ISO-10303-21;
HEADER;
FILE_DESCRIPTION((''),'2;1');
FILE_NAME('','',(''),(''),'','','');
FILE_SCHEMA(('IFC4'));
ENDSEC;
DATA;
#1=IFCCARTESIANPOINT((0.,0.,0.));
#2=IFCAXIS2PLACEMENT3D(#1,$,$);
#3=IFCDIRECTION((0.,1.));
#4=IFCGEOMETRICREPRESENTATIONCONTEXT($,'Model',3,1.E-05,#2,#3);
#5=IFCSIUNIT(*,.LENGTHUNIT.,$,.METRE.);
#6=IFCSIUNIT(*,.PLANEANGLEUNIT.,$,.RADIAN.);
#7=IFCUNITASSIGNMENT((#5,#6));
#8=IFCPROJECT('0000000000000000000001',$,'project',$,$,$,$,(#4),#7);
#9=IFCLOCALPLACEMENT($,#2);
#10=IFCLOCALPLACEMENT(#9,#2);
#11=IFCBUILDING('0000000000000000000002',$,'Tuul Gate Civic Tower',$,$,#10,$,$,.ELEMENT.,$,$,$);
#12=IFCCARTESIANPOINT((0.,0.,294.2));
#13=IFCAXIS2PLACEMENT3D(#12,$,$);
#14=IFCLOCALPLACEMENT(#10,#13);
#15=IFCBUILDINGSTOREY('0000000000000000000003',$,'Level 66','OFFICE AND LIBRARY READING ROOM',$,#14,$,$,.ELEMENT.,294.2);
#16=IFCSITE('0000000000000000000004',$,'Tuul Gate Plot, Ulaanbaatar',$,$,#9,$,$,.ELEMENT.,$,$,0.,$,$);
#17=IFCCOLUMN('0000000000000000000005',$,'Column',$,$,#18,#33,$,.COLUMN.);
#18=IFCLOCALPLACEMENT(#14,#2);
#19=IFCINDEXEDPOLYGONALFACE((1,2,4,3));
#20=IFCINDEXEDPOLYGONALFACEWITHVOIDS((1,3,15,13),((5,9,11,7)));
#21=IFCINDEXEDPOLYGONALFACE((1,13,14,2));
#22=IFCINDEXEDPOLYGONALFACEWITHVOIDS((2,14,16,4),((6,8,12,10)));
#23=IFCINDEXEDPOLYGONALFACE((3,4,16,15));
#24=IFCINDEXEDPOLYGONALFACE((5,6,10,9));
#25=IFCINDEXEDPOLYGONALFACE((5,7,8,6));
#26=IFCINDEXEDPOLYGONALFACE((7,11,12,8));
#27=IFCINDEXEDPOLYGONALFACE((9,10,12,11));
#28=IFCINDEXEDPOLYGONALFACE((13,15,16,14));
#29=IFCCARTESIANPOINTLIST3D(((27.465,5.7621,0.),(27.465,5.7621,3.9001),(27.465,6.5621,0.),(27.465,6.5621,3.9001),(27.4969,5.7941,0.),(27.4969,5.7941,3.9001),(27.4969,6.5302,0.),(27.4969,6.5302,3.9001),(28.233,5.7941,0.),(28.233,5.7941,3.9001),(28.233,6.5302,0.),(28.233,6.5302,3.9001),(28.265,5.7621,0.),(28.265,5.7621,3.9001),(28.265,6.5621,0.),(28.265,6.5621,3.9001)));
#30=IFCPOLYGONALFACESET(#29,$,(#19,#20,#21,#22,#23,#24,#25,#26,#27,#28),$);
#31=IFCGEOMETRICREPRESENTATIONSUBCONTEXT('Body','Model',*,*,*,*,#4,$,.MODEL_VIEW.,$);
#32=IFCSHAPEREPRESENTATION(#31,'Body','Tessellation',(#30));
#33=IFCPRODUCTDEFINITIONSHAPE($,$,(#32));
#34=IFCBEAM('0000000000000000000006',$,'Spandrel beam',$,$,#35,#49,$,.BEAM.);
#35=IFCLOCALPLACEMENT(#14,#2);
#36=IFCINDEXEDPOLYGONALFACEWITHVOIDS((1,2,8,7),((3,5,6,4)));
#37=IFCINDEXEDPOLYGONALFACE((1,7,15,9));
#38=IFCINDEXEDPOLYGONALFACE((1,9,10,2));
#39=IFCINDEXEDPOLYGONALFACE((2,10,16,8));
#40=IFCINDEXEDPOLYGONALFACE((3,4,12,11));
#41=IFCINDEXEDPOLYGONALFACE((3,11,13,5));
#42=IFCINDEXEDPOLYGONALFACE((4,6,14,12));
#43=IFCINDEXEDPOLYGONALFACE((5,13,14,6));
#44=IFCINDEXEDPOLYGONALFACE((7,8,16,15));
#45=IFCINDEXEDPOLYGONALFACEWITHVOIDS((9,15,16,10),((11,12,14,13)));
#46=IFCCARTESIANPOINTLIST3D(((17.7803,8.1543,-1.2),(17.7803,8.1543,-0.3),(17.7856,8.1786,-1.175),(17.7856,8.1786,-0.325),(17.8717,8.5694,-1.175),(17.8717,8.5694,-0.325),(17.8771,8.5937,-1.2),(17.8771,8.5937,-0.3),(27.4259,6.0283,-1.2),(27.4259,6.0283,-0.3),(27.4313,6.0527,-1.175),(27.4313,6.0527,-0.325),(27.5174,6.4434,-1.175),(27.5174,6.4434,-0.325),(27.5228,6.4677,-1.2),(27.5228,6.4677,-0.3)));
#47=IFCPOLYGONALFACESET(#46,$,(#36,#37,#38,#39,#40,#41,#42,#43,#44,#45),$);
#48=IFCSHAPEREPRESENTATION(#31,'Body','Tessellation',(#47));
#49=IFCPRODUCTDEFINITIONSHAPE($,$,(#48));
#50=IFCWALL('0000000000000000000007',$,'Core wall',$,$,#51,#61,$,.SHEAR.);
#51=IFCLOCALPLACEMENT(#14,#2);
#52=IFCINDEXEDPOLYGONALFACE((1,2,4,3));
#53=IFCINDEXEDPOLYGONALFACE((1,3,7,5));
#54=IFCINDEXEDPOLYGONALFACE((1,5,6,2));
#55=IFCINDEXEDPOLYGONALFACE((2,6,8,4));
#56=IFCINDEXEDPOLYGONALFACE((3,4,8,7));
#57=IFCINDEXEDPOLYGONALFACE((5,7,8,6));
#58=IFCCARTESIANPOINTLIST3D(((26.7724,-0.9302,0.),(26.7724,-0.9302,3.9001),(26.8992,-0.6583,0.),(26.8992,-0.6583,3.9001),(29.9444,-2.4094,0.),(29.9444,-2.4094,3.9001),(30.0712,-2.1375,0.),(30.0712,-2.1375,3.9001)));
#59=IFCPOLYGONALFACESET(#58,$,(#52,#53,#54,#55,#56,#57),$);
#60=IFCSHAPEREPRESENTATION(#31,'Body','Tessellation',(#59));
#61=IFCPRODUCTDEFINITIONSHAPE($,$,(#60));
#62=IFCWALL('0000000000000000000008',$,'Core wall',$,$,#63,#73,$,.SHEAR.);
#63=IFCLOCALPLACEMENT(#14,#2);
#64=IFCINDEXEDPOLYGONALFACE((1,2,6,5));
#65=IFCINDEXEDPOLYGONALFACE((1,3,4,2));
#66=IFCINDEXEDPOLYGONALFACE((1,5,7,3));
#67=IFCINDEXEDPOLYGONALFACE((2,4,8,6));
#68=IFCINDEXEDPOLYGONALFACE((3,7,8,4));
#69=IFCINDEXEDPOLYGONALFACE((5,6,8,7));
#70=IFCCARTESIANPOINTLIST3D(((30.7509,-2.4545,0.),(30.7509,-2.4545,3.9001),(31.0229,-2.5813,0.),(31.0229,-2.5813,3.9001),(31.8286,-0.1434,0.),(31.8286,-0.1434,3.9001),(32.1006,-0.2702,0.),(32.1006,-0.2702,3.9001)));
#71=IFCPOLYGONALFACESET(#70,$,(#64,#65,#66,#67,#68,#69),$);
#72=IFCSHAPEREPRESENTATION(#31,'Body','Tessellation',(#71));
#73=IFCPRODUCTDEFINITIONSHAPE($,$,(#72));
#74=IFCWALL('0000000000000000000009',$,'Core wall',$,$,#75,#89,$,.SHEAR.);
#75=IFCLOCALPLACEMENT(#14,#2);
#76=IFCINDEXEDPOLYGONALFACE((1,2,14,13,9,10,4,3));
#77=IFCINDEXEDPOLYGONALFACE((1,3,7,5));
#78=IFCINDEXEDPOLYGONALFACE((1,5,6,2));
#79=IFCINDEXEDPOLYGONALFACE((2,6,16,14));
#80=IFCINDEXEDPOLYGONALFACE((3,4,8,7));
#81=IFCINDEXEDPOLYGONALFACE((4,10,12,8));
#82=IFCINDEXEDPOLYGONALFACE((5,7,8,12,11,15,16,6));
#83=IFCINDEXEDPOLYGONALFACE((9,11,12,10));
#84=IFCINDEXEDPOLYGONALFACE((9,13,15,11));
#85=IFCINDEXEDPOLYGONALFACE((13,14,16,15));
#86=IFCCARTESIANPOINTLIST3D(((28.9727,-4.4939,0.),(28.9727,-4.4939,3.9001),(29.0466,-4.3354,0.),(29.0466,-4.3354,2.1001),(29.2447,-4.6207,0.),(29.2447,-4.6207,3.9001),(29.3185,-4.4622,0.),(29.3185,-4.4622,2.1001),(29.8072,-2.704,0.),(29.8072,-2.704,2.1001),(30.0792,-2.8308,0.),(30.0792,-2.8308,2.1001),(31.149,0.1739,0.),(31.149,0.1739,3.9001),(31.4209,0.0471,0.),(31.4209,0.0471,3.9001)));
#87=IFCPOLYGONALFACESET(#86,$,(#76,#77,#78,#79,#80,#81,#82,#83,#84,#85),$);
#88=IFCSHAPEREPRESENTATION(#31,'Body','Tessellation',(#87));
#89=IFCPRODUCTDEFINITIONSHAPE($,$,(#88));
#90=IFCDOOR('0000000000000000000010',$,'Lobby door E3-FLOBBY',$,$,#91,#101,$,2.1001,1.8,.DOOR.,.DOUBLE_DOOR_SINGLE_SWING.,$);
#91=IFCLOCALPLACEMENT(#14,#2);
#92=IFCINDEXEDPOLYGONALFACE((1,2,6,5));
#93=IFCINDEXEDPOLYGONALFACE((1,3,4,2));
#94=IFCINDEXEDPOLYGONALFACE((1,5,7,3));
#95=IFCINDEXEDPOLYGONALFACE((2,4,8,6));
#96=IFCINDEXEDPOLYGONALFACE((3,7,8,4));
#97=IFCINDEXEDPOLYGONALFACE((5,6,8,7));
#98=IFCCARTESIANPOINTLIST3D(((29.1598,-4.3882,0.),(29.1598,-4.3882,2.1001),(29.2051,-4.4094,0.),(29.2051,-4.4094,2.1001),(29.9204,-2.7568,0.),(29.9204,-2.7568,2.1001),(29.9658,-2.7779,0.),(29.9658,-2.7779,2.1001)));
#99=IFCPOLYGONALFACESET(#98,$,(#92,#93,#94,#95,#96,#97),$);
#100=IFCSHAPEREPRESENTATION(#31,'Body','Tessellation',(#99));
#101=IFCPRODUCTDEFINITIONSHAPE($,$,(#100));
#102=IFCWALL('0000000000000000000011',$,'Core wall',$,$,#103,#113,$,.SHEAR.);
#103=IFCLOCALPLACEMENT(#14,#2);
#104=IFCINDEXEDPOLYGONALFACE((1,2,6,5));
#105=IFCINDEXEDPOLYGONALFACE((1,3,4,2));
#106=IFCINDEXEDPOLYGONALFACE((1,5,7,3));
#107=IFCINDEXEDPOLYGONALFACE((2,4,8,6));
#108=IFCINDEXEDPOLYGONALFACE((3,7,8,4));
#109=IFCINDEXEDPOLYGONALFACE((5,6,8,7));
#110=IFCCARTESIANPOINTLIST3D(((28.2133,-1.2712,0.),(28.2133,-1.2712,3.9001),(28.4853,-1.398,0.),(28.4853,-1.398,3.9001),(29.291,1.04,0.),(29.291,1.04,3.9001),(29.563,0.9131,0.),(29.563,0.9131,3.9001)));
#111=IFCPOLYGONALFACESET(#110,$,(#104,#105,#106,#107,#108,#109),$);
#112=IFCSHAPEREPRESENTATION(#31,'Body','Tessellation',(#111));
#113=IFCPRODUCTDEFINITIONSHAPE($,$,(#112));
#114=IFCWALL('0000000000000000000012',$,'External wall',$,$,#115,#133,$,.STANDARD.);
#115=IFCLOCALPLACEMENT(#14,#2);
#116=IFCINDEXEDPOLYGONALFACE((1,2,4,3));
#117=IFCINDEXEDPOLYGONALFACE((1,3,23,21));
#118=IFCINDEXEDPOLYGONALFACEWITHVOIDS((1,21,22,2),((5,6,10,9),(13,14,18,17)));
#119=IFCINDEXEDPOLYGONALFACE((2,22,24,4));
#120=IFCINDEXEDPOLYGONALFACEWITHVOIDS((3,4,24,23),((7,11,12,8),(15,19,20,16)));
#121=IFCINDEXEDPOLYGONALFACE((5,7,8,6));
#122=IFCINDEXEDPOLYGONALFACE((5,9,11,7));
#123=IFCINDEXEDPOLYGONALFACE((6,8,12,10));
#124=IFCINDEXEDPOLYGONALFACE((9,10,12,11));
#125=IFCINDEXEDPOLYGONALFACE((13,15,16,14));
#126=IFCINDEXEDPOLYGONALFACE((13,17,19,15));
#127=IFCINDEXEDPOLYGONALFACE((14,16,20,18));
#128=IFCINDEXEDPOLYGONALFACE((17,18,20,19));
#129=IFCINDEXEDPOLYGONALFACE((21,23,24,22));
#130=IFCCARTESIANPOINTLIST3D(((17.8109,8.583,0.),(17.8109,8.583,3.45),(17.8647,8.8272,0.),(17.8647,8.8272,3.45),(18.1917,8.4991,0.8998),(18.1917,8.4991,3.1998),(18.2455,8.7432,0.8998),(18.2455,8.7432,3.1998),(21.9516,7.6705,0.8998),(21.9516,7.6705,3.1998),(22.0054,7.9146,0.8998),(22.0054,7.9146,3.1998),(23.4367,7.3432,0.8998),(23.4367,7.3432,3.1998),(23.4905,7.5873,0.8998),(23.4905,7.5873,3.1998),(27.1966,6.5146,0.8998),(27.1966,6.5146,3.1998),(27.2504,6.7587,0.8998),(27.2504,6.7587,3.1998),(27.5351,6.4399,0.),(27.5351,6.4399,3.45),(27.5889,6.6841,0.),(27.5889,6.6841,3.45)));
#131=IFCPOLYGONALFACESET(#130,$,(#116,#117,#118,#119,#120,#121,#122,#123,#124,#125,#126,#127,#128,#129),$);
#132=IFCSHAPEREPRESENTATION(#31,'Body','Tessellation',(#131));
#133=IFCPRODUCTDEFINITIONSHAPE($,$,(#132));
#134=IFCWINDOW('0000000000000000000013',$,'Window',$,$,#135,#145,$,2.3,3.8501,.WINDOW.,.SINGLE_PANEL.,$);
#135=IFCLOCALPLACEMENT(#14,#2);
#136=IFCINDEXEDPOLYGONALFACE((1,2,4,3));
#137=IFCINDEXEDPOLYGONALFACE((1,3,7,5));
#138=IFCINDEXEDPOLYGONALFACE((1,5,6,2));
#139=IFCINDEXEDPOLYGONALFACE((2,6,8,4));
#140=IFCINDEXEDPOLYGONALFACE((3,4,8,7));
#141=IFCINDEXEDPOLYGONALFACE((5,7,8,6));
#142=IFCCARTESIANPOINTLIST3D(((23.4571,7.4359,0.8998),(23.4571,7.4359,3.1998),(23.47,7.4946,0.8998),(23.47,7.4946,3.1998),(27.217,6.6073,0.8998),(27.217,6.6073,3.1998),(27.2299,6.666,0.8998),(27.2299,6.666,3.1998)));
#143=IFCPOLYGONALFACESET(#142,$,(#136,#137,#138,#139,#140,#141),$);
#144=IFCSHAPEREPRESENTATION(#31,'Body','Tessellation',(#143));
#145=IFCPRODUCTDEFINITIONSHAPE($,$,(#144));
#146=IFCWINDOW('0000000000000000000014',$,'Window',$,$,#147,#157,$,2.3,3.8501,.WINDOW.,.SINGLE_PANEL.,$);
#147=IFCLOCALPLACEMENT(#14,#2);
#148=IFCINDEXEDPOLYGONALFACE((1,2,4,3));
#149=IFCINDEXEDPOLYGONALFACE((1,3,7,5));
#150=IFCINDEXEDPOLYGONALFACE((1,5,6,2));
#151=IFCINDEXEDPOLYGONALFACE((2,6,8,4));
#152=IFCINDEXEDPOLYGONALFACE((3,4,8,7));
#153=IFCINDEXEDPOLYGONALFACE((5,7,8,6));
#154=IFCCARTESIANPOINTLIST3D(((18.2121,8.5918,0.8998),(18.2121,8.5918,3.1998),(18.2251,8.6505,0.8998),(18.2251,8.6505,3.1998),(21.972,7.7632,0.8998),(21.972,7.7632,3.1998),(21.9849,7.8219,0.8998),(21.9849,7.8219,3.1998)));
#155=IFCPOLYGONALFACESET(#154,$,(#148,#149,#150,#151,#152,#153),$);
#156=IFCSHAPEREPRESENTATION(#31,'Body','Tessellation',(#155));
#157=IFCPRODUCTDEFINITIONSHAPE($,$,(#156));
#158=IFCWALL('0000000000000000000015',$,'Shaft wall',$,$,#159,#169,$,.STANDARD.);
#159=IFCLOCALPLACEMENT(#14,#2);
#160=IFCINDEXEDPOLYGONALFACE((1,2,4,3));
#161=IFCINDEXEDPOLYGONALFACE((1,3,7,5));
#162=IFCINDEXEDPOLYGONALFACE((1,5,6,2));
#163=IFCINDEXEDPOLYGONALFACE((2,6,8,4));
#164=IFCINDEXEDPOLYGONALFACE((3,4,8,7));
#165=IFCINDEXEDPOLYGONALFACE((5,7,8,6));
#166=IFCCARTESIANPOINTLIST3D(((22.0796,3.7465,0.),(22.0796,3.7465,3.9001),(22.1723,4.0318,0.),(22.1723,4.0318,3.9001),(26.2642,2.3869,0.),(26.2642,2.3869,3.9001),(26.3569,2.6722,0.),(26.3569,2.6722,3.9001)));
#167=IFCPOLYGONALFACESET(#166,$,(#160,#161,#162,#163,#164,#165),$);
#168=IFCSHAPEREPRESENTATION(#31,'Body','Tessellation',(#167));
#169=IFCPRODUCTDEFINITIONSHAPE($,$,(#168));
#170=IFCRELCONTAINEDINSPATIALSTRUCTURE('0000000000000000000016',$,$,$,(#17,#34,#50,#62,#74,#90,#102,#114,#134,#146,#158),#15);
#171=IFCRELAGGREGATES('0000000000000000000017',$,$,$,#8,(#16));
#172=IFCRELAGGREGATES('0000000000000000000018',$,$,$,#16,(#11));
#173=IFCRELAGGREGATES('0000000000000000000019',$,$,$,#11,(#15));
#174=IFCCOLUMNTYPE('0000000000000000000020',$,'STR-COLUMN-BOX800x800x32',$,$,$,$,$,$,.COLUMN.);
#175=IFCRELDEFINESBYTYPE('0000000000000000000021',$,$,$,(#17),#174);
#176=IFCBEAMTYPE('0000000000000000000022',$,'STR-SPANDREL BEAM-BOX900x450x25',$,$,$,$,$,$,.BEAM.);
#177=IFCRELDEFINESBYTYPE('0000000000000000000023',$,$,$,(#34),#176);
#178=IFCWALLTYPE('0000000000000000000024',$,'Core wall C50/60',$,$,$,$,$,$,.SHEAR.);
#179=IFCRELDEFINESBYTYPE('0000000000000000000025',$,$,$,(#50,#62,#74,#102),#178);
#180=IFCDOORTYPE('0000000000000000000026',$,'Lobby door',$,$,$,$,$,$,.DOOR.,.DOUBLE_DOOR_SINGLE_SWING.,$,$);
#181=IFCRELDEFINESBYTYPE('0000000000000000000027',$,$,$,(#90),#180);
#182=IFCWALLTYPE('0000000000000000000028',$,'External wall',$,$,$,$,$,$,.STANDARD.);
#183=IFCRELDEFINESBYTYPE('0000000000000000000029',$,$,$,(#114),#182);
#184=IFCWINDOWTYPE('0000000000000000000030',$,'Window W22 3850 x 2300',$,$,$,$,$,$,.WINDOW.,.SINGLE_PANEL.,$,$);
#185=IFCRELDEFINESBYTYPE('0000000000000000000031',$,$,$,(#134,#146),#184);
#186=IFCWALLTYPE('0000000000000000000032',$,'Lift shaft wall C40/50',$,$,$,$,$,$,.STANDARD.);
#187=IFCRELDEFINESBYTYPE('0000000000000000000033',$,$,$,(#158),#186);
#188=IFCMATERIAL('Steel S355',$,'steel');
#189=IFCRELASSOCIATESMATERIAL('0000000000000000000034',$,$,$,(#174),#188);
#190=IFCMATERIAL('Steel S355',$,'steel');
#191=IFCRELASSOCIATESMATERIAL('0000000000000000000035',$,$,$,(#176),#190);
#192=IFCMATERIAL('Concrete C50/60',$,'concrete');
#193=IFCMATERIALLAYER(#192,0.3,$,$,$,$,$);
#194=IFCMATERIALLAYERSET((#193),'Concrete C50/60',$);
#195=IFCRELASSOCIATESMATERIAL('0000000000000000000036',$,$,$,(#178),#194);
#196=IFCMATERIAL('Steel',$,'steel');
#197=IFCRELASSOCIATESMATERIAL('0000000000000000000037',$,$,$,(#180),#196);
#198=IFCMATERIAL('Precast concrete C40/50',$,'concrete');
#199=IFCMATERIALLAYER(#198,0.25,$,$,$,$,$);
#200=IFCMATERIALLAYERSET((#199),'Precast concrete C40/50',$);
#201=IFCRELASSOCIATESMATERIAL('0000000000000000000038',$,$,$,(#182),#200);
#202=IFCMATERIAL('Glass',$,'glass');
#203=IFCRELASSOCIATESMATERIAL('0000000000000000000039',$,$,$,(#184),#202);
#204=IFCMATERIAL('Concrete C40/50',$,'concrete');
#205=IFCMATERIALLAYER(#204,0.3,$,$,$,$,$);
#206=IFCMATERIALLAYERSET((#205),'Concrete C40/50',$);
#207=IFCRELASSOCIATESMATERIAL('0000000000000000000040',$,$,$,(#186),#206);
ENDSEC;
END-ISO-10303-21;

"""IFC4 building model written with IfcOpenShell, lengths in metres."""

from ifc_helpers import new_model, si_unit, direction, frame, frame_2d, origin, origin_2d, place, context, subcontext, project, spatial, rectangle, hollow_rectangle, extrude, material, layer, layer_set, material_profile, profile_set, type_object, element, fill, save


model = new_model("IFC4")

# Units and contexts
model_context = context("Model", 3, precision=1e-05, world=origin(), true_north=direction((0.0, 1.0)))
body_context = subcontext(model_context, "Body", "Model", "MODEL_VIEW")
ifc_project = project(units=[si_unit("LENGTHUNIT", "METRE"), si_unit("PLANEANGLEUNIT", "RADIAN")], contexts=[model_context])

# Site, building, storey
site_placement = place(None, origin())
site = spatial("IfcSite", under=ifc_project, at=site_placement, Name="Tuul Gate Plot, Ulaanbaatar", CompositionType="ELEMENT", RefElevation=0.0)
building_placement = place(site_placement, origin())
building = spatial("IfcBuilding", under=site, at=building_placement, Name="Tuul Gate Civic Tower", CompositionType="ELEMENT")
storey_placement = place(building_placement, frame((0.0, 0.0, 294.2)))
storey = spatial("IfcBuildingStorey", under=building, at=storey_placement, Name="Level 66", Description="OFFICE AND LIBRARY READING ROOM", CompositionType="ELEMENT", Elevation=294.2)

# Column
ifc_material_1 = material(Name="Steel S355", Category="steel")
ifc_material_profile_1 = material_profile(ifc_material_1, hollow_rectangle(XDim=0.8, YDim=0.8, WallThickness=0.032, at=origin_2d()), Name="BOX800x800x32")
ifc_profile_set_1 = profile_set([ifc_material_profile_1], Name="Steel S355")
column_type = type_object("IfcColumnType", Name="STR-COLUMN-BOX800x800x32", PredefinedType="COLUMN", material=ifc_profile_set_1)
column_placement = place(storey_placement, frame((27.865, 6.1621, 0.0), z_axis=(0.0, 0.0, 1.0), x_axis=(1.0, 0.0, 0.0)))
element("IfcColumn", 1, at=column_placement, inside=storey, type_object=column_type, Name="Column", PredefinedType="COLUMN", context=body_context, shape_type="SweptSolid", body=[
    extrude(hollow_rectangle(XDim=0.8, YDim=0.8, WallThickness=0.032, at=origin_2d()), origin(), (0.0, 0.0, 1.0), 3.9001),
])

# Beam
ifc_material_2 = material(Name="Steel S355", Category="steel")
ifc_material_profile_2 = material_profile(ifc_material_2, hollow_rectangle(XDim=0.45, YDim=0.8999, WallThickness=0.0249, at=origin_2d()), Name="BOX900x450x25")
ifc_profile_set_2 = profile_set([ifc_material_profile_2], Name="Steel S355")
beam_type = type_object("IfcBeamType", Name="STR-SPANDREL BEAM-BOX900x450x25", PredefinedType="BEAM", material=ifc_profile_set_2)
beam_placement = place(storey_placement, frame((27.4744, 6.248, -0.75), z_axis=(-0.976561, 0.215239, 0.0), x_axis=(-0.215239, -0.976561, 0.0)))
element("IfcBeam", 2, at=beam_placement, inside=storey, type_object=beam_type, Name="Spandrel beam", PredefinedType="BEAM", context=body_context, shape_type="SweptSolid", body=[
    extrude(hollow_rectangle(XDim=0.45, YDim=0.8999, WallThickness=0.0249, at=origin_2d()), origin(), (0.0, 0.0, 1.0), 9.8772),
])

# Walls
ifc_material_3 = material(Name="Concrete C50/60", Category="concrete")
ifc_layer_1 = layer(ifc_material_3, 0.3)
ifc_layer_set_1 = layer_set([ifc_layer_1], Name="Concrete C50/60")
wall_type_1 = type_object("IfcWallType", Name="Core wall C50/60", PredefinedType="SHEAR", material=ifc_layer_set_1)
wall_1_placement = place(storey_placement, frame((30.0078, -2.2734, 0.0), z_axis=(0.0, 0.0, 1.0), x_axis=(-0.906301, 0.422633, 0.0)))
element("IfcWall", 3, at=wall_1_placement, inside=storey, type_object=wall_type_1, Name="Core wall", PredefinedType="SHEAR", context=body_context, shape_type="SweptSolid", body=[
    extrude(rectangle(XDim=3.5, YDim=0.3, at=frame_2d((1.75, 0.0))), origin(), (0.0, 0.0, 1.0), 3.9001),
])
wall_2_placement = place(storey_placement, frame((30.887, -2.5178, 0.0), z_axis=(0.0, 0.0, 1.0), x_axis=(0.422613, 0.90631, 0.0)))
element("IfcWall", 4, at=wall_2_placement, inside=storey, type_object=wall_type_1, Name="Core wall", PredefinedType="SHEAR", context=body_context, shape_type="SweptSolid", body=[
    extrude(rectangle(XDim=2.55, YDim=0.3, at=frame_2d((1.2749, 0.0))), origin(), (0.0, 0.0, 1.0), 3.9001),
])

# Wall, opening, door
wall_3_placement = place(storey_placement, frame((29.1086, -4.5574, 0.0), z_axis=(0.0, 0.0, 1.0), x_axis=(0.422566, 0.906332, 0.0)))
wall_3 = element("IfcWall", 5, at=wall_3_placement, inside=storey, type_object=wall_type_1, Name="Core wall", PredefinedType="SHEAR", context=body_context, shape_type="SweptSolid", body=[
    extrude(rectangle(XDim=5.1501, YDim=0.3, at=frame_2d((2.5752, 0.0))), origin(), (0.0, 0.0, 1.0), 3.9001),
])
opening_1_placement = place(wall_3_placement, frame((0.175, 0.0, 0.0)))
opening_1 = element("IfcOpeningElement", 6, at=opening_1_placement, cuts=wall_3, PredefinedType="OPENING", context=body_context, shape_type="SweptSolid", body=[
    extrude(rectangle(XDim=1.8, YDim=2.1001, at=frame_2d((0.8999, 1.05))), frame((0.0, 0.1602, 0.0), z_axis=(0.0, -1.0, 0.0), x_axis=(1.0, 0.0, 0.0)), (0.0, 0.0, 1.0), 0.3201),
])
ifc_material_4 = material(Name="Steel", Category="steel")
door_type_1 = type_object("IfcDoorType", Name="Lobby door", OperationType="DOUBLE_DOOR_SINGLE_SWING", PredefinedType="DOOR", material=ifc_material_4)
door_1_placement = place(opening_1_placement, frame((1.8, 0.0, 0.0), z_axis=(0.0, 0.0, 1.0), x_axis=(-1.0, 0.0, 0.0)))
door_1 = element("IfcDoor", 7, at=door_1_placement, inside=storey, type_object=door_type_1, Name="Lobby door E3-FLOBBY", OperationType="DOUBLE_DOOR_SINGLE_SWING", OverallHeight=2.1001, OverallWidth=1.8, PredefinedType="DOOR", context=body_context, shape_type="SweptSolid", body=[
    extrude(rectangle(XDim=1.8, YDim=2.1001, at=frame_2d((0.9001, 1.05))), frame((0.0, 0.0249, 0.0), z_axis=(0.0, -1.0, 0.0), x_axis=(1.0, 0.0, 0.0)), (0.0, 0.0, 1.0), 0.05),
])
fill(opening_1, door_1)

# Wall
wall_4_placement = place(storey_placement, frame((28.3494, -1.3345, 0.0), z_axis=(0.0, 0.0, 1.0), x_axis=(0.422613, 0.90631, 0.0)))
element("IfcWall", 8, at=wall_4_placement, inside=storey, type_object=wall_type_1, Name="Core wall", PredefinedType="SHEAR", context=body_context, shape_type="SweptSolid", body=[
    extrude(rectangle(XDim=2.55, YDim=0.3, at=frame_2d((1.2749, 0.0))), origin(), (0.0, 0.0, 1.0), 3.9001),
])

# Wall, openings, windows
ifc_material_5 = material(Name="Precast concrete C40/50", Category="concrete")
ifc_layer_2 = layer(ifc_material_5, 0.25)
ifc_layer_set_2 = layer_set([ifc_layer_2], Name="Precast concrete C40/50")
wall_type_2 = type_object("IfcWallType", Name="External wall", PredefinedType="STANDARD", material=ifc_layer_set_2)
wall_5_placement = place(storey_placement, frame((27.562, 6.562, 0.0), z_axis=(0.0, 0.0, 1.0), x_axis=(-0.976565, 0.215222, 0.0)))
wall_5 = element("IfcWall", 9, at=wall_5_placement, inside=storey, type_object=wall_type_2, Name="External wall", PredefinedType="STANDARD", context=body_context, shape_type="SweptSolid", body=[
    extrude(rectangle(XDim=9.9575, YDim=0.25, at=frame_2d((4.9788, 0.0))), origin(), (0.0, 0.0, 1.0), 3.45),
])
opening_2_placement = place(wall_5_placement, frame((0.3467, 0.0, 0.8999)))
opening_2 = element("IfcOpeningElement", 10, at=opening_2_placement, cuts=wall_5, PredefinedType="OPENING", context=body_context, shape_type="SweptSolid", body=[
    extrude(rectangle(XDim=3.8501, YDim=2.3, at=frame_2d((1.925, 1.1499))), frame((0.0, 0.135, 0.0), z_axis=(0.0, -1.0, 0.0), x_axis=(1.0, 0.0, 0.0)), (0.0, 0.0, 1.0), 0.27),
])
opening_3_placement = place(wall_5_placement, frame((5.7175, 0.0, 0.8999)))
opening_3 = element("IfcOpeningElement", 11, at=opening_3_placement, cuts=wall_5, PredefinedType="OPENING", context=body_context, shape_type="SweptSolid", body=[
    extrude(rectangle(XDim=3.8501, YDim=2.3, at=frame_2d((1.925, 1.1499))), frame((0.0, 0.135, 0.0), z_axis=(0.0, -1.0, 0.0), x_axis=(1.0, 0.0, 0.0)), (0.0, 0.0, 1.0), 0.27),
])
ifc_material_6 = material(Name="Glass", Category="glass")
window_type = type_object("IfcWindowType", Name="Window W22 3850 x 2300", PartitioningType="SINGLE_PANEL", PredefinedType="WINDOW", material=ifc_material_6)
window_1_placement = place(opening_2_placement, origin())
window_1 = element("IfcWindow", 12, at=window_1_placement, inside=storey, type_object=window_type, Name="Window", OverallHeight=2.3, OverallWidth=3.8501, PartitioningType="SINGLE_PANEL", PredefinedType="WINDOW", context=body_context, shape_type="SweptSolid", body=[
    extrude(rectangle(XDim=3.8501, YDim=2.3, at=frame_2d((1.925, 1.1499))), frame((0.0, 0.03, 0.0), z_axis=(0.0, -1.0, 0.0), x_axis=(1.0, 0.0, 0.0)), (0.0, 0.0, 1.0), 0.0601),
])
fill(opening_2, window_1)
window_2_placement = place(opening_3_placement, origin())
window_2 = element("IfcWindow", 13, at=window_2_placement, inside=storey, type_object=window_type, Name="Window", OverallHeight=2.3, OverallWidth=3.8501, PartitioningType="SINGLE_PANEL", PredefinedType="WINDOW", context=body_context, shape_type="SweptSolid", body=[
    extrude(rectangle(XDim=3.8501, YDim=2.3, at=frame_2d((1.925, 1.1499))), frame((0.0, 0.03, 0.0), z_axis=(0.0, -1.0, 0.0), x_axis=(1.0, 0.0, 0.0)), (0.0, 0.0, 1.0), 0.0601),
])
fill(opening_3, window_2)

# Wall
ifc_material_7 = material(Name="Concrete C40/50", Category="concrete")
ifc_layer_3 = layer(ifc_material_7, 0.3)
ifc_layer_set_3 = layer_set([ifc_layer_3], Name="Concrete C40/50")
wall_type_3 = type_object("IfcWallType", Name="Lift shaft wall C40/50", PredefinedType="STANDARD", material=ifc_layer_set_3)
wall_6_placement = place(storey_placement, frame((26.3105, 2.5295, 0.0), z_axis=(0.0, 0.0, 1.0), x_axis=(-0.951059, 0.309011, 0.0)))
element("IfcWall", 14, at=wall_6_placement, inside=storey, type_object=wall_type_3, Name="Shaft wall", PredefinedType="STANDARD", context=body_context, shape_type="SweptSolid", body=[
    extrude(rectangle(XDim=4.3999, YDim=0.3, at=frame_2d((2.2, 0.0))), origin(), (0.0, 0.0, 1.0), 3.9001),
])

save(model, "model.ifc")
